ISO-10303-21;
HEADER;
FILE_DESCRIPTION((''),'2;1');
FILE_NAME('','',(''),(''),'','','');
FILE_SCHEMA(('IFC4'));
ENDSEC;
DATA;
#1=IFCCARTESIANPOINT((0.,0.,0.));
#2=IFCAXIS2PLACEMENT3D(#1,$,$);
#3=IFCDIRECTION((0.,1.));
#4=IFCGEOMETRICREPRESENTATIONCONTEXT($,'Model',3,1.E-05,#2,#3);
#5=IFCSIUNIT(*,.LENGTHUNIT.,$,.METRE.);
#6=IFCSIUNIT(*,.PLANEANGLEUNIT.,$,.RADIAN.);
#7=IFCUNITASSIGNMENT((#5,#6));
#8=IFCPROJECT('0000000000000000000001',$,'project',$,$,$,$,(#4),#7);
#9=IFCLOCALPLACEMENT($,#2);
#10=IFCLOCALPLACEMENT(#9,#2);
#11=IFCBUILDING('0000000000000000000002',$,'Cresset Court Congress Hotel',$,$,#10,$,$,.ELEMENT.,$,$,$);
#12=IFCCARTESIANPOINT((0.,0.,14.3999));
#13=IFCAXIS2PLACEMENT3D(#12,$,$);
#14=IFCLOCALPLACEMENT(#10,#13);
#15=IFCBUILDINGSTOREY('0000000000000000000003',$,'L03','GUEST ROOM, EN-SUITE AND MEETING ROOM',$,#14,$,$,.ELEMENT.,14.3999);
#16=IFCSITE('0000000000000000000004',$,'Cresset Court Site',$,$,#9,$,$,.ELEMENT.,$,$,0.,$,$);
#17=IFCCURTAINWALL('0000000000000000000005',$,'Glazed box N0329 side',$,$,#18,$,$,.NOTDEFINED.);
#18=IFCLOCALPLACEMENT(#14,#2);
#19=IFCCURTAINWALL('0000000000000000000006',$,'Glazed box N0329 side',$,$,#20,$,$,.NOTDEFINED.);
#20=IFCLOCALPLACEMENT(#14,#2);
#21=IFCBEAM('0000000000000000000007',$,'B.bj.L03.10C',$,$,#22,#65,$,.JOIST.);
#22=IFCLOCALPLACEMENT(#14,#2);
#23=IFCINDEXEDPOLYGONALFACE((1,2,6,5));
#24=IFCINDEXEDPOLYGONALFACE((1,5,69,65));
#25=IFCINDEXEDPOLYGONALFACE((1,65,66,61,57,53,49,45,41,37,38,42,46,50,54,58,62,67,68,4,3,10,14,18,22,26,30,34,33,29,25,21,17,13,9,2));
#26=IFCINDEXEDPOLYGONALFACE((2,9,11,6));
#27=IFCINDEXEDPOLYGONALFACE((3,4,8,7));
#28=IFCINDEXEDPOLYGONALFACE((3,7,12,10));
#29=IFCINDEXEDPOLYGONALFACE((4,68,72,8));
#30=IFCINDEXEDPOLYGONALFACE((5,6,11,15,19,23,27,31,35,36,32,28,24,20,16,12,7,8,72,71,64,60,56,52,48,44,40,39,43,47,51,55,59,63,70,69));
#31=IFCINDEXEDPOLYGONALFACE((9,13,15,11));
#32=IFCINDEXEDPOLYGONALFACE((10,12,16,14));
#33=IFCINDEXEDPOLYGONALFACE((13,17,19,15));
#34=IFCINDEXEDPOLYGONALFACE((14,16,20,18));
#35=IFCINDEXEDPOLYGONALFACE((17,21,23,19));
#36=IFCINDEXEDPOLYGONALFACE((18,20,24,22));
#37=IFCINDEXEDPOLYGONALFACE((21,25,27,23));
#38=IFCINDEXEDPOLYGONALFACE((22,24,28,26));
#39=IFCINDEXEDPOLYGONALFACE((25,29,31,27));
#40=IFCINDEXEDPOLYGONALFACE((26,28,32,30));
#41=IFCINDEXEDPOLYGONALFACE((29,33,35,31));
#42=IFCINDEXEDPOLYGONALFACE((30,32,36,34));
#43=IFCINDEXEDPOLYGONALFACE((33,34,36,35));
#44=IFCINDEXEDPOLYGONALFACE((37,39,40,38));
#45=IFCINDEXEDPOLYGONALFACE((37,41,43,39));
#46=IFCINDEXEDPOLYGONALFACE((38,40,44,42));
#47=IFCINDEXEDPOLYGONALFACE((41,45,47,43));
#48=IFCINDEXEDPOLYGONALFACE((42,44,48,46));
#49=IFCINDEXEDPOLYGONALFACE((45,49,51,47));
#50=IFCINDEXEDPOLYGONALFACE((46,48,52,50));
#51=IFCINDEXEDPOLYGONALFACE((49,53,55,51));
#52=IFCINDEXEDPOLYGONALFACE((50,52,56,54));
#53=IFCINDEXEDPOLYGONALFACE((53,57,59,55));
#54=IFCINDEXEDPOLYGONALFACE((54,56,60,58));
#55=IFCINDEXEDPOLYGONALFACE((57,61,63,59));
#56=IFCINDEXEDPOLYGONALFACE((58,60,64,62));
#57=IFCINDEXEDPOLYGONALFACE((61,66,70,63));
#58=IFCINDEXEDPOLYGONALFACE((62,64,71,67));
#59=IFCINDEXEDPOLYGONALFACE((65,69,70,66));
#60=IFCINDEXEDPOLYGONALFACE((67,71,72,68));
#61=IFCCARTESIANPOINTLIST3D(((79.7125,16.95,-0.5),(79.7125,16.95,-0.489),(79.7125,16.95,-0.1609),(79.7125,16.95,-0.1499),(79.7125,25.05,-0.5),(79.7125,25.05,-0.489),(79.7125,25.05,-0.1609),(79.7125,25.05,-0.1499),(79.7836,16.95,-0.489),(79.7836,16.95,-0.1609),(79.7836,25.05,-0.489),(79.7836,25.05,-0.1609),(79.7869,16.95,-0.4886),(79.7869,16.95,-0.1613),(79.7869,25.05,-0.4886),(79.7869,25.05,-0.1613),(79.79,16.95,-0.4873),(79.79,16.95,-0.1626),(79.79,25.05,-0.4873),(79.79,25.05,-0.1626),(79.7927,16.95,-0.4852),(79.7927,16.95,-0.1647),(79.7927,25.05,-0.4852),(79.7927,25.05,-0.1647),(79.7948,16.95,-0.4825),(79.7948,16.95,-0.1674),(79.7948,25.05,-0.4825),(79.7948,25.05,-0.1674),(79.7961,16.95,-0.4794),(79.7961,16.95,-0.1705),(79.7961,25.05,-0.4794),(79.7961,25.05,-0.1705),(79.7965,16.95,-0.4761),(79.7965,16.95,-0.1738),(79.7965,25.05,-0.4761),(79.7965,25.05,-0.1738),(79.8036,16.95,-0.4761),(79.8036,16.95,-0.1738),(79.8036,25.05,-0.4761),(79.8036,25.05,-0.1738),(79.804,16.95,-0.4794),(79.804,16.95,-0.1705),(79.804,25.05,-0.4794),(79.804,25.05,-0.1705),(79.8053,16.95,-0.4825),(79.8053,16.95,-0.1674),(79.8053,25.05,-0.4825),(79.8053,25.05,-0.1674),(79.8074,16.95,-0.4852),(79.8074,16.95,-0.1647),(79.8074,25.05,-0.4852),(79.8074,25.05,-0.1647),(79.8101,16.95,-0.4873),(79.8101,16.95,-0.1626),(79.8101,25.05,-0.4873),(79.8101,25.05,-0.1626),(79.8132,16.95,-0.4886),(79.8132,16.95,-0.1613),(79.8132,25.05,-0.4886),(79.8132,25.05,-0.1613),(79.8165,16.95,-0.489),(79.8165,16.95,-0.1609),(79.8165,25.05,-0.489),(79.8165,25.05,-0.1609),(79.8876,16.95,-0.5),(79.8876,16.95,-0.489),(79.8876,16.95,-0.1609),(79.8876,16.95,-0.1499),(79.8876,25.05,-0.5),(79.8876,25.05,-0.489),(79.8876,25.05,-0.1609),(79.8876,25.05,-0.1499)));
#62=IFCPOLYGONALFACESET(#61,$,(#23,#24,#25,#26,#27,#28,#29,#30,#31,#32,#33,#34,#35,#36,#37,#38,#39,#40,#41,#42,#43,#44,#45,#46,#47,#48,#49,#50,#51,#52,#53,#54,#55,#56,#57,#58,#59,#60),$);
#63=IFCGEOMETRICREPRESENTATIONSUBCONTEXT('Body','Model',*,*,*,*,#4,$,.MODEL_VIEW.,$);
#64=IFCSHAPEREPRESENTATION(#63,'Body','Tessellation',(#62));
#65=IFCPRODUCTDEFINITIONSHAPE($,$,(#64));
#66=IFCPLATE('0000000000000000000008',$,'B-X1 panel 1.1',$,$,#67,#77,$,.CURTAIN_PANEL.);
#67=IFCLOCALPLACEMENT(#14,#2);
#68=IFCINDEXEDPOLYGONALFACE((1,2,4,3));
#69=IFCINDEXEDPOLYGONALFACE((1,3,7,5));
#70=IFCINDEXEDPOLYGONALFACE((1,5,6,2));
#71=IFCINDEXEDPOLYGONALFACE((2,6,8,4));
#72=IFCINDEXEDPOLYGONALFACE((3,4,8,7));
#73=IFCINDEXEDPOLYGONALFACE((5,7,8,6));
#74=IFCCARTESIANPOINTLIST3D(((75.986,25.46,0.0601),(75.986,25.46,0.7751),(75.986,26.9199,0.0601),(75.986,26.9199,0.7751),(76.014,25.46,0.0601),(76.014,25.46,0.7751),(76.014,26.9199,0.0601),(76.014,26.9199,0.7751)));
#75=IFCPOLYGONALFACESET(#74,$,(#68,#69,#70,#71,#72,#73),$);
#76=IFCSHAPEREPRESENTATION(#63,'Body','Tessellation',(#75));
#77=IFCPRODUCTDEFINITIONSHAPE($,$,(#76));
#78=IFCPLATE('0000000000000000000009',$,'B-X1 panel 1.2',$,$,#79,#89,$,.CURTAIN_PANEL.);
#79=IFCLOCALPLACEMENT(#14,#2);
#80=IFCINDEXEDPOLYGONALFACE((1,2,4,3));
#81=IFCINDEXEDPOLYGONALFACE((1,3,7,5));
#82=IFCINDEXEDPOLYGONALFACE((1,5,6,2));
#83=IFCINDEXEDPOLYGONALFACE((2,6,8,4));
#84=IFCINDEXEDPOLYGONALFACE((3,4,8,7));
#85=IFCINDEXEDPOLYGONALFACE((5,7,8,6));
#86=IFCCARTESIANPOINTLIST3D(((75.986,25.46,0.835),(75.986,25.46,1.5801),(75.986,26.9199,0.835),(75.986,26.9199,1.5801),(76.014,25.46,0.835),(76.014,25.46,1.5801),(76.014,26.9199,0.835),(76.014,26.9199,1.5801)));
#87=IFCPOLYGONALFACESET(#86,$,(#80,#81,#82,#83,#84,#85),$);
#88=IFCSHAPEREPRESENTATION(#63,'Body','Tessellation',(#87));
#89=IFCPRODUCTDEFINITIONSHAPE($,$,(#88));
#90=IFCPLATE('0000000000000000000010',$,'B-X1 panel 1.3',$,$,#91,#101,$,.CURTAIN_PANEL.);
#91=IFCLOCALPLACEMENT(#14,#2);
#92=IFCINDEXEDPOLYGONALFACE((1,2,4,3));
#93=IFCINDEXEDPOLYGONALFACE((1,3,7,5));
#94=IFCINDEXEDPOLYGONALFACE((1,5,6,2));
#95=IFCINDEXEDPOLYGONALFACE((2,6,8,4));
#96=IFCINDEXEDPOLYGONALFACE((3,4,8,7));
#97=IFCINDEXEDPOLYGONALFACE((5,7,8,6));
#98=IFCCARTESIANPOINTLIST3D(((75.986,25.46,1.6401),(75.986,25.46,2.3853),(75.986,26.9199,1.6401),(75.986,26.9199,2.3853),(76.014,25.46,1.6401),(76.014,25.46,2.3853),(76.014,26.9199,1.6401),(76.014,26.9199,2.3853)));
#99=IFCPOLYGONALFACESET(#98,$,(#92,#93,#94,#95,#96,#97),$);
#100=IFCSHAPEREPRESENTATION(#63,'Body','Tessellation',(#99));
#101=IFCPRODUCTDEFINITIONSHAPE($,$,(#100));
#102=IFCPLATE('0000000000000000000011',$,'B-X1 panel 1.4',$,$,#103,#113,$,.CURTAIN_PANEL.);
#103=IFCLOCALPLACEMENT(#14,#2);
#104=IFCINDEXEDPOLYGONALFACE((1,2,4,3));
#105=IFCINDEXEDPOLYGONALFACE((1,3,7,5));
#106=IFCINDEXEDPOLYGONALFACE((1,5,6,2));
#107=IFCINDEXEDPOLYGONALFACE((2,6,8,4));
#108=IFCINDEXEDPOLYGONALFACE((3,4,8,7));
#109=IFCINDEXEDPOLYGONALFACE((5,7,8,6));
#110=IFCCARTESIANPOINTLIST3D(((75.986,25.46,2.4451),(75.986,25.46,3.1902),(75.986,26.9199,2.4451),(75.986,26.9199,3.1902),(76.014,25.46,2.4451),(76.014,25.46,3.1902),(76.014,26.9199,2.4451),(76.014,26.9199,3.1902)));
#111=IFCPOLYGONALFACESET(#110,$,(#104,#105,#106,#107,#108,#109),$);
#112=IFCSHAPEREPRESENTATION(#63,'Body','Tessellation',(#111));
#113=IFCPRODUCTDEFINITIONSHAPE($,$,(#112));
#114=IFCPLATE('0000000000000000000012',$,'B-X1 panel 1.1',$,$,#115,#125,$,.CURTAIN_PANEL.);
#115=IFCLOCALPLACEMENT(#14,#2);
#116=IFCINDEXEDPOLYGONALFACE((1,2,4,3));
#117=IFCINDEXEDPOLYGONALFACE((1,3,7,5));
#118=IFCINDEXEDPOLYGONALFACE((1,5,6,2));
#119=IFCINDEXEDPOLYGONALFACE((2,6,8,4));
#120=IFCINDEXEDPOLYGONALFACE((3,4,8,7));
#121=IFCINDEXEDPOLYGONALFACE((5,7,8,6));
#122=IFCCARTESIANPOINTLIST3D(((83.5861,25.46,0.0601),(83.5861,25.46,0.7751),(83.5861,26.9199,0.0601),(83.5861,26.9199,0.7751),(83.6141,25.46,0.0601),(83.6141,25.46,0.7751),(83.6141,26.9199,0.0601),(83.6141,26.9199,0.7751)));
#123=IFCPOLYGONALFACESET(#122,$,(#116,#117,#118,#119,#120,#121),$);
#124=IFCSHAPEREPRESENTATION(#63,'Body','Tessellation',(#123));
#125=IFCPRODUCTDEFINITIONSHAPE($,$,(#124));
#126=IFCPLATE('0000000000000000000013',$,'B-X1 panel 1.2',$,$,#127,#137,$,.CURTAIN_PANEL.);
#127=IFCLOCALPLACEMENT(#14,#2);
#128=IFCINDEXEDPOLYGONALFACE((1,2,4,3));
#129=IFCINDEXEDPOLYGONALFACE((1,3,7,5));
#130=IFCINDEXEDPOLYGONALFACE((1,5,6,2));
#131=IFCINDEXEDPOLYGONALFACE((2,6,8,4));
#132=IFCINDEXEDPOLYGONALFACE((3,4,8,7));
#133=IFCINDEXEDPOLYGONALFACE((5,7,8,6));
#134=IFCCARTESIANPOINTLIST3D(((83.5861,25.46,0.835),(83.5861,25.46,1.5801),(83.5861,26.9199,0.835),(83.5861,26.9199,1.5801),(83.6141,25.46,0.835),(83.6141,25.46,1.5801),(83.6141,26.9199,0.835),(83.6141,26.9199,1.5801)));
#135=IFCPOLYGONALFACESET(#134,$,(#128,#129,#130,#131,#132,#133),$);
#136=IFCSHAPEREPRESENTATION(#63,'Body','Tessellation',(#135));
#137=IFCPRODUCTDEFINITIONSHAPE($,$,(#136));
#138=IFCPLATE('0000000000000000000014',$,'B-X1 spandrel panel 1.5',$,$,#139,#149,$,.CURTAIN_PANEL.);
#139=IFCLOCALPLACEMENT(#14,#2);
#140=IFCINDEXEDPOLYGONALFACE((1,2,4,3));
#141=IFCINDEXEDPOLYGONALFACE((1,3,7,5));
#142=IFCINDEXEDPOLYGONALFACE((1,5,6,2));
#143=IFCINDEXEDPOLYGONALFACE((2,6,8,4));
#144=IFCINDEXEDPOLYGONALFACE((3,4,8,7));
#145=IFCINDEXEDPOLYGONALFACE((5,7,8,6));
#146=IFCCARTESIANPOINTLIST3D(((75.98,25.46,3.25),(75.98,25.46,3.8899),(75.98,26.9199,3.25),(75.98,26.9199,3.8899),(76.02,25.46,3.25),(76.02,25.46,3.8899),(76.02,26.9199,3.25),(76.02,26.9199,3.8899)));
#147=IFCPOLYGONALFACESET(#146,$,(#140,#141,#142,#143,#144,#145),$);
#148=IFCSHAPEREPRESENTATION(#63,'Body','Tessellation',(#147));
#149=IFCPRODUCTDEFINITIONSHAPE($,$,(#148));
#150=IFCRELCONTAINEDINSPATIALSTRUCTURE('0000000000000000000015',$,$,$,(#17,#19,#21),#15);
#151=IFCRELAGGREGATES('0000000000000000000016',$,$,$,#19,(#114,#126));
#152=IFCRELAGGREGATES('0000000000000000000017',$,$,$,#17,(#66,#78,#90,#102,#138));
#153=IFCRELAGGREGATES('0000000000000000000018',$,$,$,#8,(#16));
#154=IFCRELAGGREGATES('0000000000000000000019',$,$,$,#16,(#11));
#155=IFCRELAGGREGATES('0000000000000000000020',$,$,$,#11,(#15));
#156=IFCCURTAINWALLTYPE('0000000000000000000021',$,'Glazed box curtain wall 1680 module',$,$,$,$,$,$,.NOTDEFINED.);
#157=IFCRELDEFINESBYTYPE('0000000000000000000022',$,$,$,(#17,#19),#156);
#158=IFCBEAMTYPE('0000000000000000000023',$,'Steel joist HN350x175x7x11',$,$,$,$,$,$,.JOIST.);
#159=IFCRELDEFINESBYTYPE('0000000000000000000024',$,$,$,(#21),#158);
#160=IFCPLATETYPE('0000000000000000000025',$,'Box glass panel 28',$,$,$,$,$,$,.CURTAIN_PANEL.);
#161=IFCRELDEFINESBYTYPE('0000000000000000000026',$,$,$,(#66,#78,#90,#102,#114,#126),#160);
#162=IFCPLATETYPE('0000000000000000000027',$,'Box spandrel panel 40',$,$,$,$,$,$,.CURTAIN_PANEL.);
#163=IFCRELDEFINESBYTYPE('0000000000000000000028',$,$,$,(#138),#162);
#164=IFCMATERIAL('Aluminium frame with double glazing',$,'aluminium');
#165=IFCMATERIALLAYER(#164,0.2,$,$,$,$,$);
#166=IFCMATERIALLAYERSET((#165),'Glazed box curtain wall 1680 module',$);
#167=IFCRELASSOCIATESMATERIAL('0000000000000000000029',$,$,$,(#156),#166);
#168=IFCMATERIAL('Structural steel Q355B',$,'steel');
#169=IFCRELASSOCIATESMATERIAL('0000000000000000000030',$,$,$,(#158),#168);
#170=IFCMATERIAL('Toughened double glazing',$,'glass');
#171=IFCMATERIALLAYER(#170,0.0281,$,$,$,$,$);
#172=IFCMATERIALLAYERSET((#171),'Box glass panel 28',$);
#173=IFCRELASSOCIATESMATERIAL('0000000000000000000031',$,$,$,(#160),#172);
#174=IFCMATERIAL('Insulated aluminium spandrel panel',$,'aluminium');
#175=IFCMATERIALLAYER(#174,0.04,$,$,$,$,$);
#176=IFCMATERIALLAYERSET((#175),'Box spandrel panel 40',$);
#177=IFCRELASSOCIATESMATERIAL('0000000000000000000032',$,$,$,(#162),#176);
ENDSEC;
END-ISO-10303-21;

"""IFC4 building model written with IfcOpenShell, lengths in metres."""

from ifc_helpers import new_model, si_unit, direction, frame, origin, origin_2d, place, context, subcontext, project, spatial, rectangle, i_section, extrude, material, layer, layer_set, material_profile, profile_set, type_object, element, aggregate, save


model = new_model("IFC4")

# Units and contexts
model_context = context("Model", 3, precision=1e-05, world=origin(), true_north=direction((0.0, 1.0)))
body_context = subcontext(model_context, "Body", "Model", "MODEL_VIEW")
ifc_project = project(units=[si_unit("LENGTHUNIT", "METRE"), si_unit("PLANEANGLEUNIT", "RADIAN")], contexts=[model_context])

# Site, building, storey
site_placement = place(None, origin())
site = spatial("IfcSite", under=ifc_project, at=site_placement, Name="Cresset Court Site", CompositionType="ELEMENT", RefElevation=0.0)
building_placement = place(site_placement, origin())
building = spatial("IfcBuilding", under=site, at=building_placement, Name="Cresset Court Congress Hotel", CompositionType="ELEMENT")
storey_placement = place(building_placement, frame((0.0, 0.0, 14.3999)))
storey = spatial("IfcBuildingStorey", under=building, at=storey_placement, Name="L03", Description="GUEST ROOM, EN-SUITE AND MEETING ROOM", CompositionType="ELEMENT", Elevation=14.3999)

# Curtain walls
ifc_material_1 = material(Name="Aluminium frame with double glazing", Category="aluminium")
ifc_layer_1 = layer(ifc_material_1, 0.2)
ifc_layer_set_1 = layer_set([ifc_layer_1], Name="Glazed box curtain wall 1680 module")
curtain_wall_type = type_object("IfcCurtainWallType", Name="Glazed box curtain wall 1680 module", PredefinedType="NOTDEFINED", material=ifc_layer_set_1)
curtain_wall_1_placement = place(storey_placement, origin())
curtain_wall_1 = element("IfcCurtainWall", 1, at=curtain_wall_1_placement, inside=storey, type_object=curtain_wall_type, Name="Glazed box N0329 side", PredefinedType="NOTDEFINED")
curtain_wall_2_placement = place(storey_placement, origin())
curtain_wall_2 = element("IfcCurtainWall", 2, at=curtain_wall_2_placement, inside=storey, type_object=curtain_wall_type, Name="Glazed box N0329 side", PredefinedType="NOTDEFINED")

# Beam
ifc_material_2 = material(Name="Structural steel Q355B", Category="steel")
ifc_material_profile_1 = material_profile(ifc_material_2, i_section(OverallWidth=0.175, OverallDepth=0.3501, WebThickness=0.0071, FlangeThickness=0.011, FilletRadius=0.0129, at=origin_2d()), Name="HN350x175x7x11")
ifc_profile_set_1 = profile_set([ifc_material_profile_1], Name="Structural steel Q355B")
beam_type = type_object("IfcBeamType", Name="Steel joist HN350x175x7x11", PredefinedType="JOIST", material=ifc_profile_set_1)
beam_placement = place(storey_placement, frame((79.8, 16.95, -0.325), z_axis=(0.0, 1.0, 0.0), x_axis=(-1.0, 0.0, 0.0)))
element("IfcBeam", 3, at=beam_placement, inside=storey, type_object=beam_type, Name="B.bj.L03.10C", PredefinedType="JOIST", context=body_context, shape_type="SweptSolid", body=[
    extrude(i_section(OverallWidth=0.175, OverallDepth=0.3501, WebThickness=0.0071, FlangeThickness=0.011, FilletRadius=0.0129, at=origin_2d()), origin(), (0.0, 0.0, 1.0), 8.1001),
])

# Plates
ifc_material_3 = material(Name="Toughened double glazing", Category="glass")
ifc_layer_2 = layer(ifc_material_3, 0.0281)
ifc_layer_set_2 = layer_set([ifc_layer_2], Name="Box glass panel 28")
plate_type_1 = type_object("IfcPlateType", Name="Box glass panel 28", PredefinedType="CURTAIN_PANEL", material=ifc_layer_set_2)
plate_1_placement = place(storey_placement, frame((76.0, 26.1899, 0.0601), z_axis=(0.0, 0.0, 1.0), x_axis=(0.0, 1.0, 0.0)))
plate_1 = element("IfcPlate", 4, at=plate_1_placement, type_object=plate_type_1, Name="B-X1 panel 1.1", PredefinedType="CURTAIN_PANEL", context=body_context, shape_type="SweptSolid", body=[
    extrude(rectangle(XDim=1.46, YDim=0.0281, at=origin_2d()), origin(), (0.0, 0.0, 1.0), 0.7151),
])
plate_2_placement = place(storey_placement, frame((76.0, 26.1899, 0.835), z_axis=(0.0, 0.0, 1.0), x_axis=(0.0, 1.0, 0.0)))
plate_2 = element("IfcPlate", 5, at=plate_2_placement, type_object=plate_type_1, Name="B-X1 panel 1.2", PredefinedType="CURTAIN_PANEL", context=body_context, shape_type="SweptSolid", body=[
    extrude(rectangle(XDim=1.46, YDim=0.0281, at=origin_2d()), origin(), (0.0, 0.0, 1.0), 0.7451),
])
plate_3_placement = place(storey_placement, frame((76.0, 26.1899, 1.6401), z_axis=(0.0, 0.0, 1.0), x_axis=(0.0, 1.0, 0.0)))
plate_3 = element("IfcPlate", 6, at=plate_3_placement, type_object=plate_type_1, Name="B-X1 panel 1.3", PredefinedType="CURTAIN_PANEL", context=body_context, shape_type="SweptSolid", body=[
    extrude(rectangle(XDim=1.46, YDim=0.0281, at=origin_2d()), origin(), (0.0, 0.0, 1.0), 0.7451),
])
plate_4_placement = place(storey_placement, frame((76.0, 26.1899, 2.4451), z_axis=(0.0, 0.0, 1.0), x_axis=(0.0, 1.0, 0.0)))
plate_4 = element("IfcPlate", 7, at=plate_4_placement, type_object=plate_type_1, Name="B-X1 panel 1.4", PredefinedType="CURTAIN_PANEL", context=body_context, shape_type="SweptSolid", body=[
    extrude(rectangle(XDim=1.46, YDim=0.0281, at=origin_2d()), origin(), (0.0, 0.0, 1.0), 0.7451),
])
plate_5_placement = place(storey_placement, frame((83.6001, 26.1899, 0.0601), z_axis=(0.0, 0.0, 1.0), x_axis=(0.0, 1.0, 0.0)))
plate_5 = element("IfcPlate", 8, at=plate_5_placement, type_object=plate_type_1, Name="B-X1 panel 1.1", PredefinedType="CURTAIN_PANEL", context=body_context, shape_type="SweptSolid", body=[
    extrude(rectangle(XDim=1.46, YDim=0.0281, at=origin_2d()), origin(), (0.0, 0.0, 1.0), 0.7151),
])
plate_6_placement = place(storey_placement, frame((83.6001, 26.1899, 0.835), z_axis=(0.0, 0.0, 1.0), x_axis=(0.0, 1.0, 0.0)))
plate_6 = element("IfcPlate", 9, at=plate_6_placement, type_object=plate_type_1, Name="B-X1 panel 1.2", PredefinedType="CURTAIN_PANEL", context=body_context, shape_type="SweptSolid", body=[
    extrude(rectangle(XDim=1.46, YDim=0.0281, at=origin_2d()), origin(), (0.0, 0.0, 1.0), 0.7451),
])
aggregate(curtain_wall_2, [plate_5, plate_6])
ifc_material_4 = material(Name="Insulated aluminium spandrel panel", Category="aluminium")
ifc_layer_3 = layer(ifc_material_4, 0.04)
ifc_layer_set_3 = layer_set([ifc_layer_3], Name="Box spandrel panel 40")
plate_type_2 = type_object("IfcPlateType", Name="Box spandrel panel 40", PredefinedType="CURTAIN_PANEL", material=ifc_layer_set_3)
plate_7_placement = place(storey_placement, frame((76.0, 26.1899, 3.25), z_axis=(0.0, 0.0, 1.0), x_axis=(0.0, 1.0, 0.0)))
plate_7 = element("IfcPlate", 10, at=plate_7_placement, type_object=plate_type_2, Name="B-X1 spandrel panel 1.5", PredefinedType="CURTAIN_PANEL", context=body_context, shape_type="SweptSolid", body=[
    extrude(rectangle(XDim=1.46, YDim=0.04, at=origin_2d()), origin(), (0.0, 0.0, 1.0), 0.6399),
])
aggregate(curtain_wall_1, [plate_1, plate_2, plate_3, plate_4, plate_7])

save(model, "model.ifc")
